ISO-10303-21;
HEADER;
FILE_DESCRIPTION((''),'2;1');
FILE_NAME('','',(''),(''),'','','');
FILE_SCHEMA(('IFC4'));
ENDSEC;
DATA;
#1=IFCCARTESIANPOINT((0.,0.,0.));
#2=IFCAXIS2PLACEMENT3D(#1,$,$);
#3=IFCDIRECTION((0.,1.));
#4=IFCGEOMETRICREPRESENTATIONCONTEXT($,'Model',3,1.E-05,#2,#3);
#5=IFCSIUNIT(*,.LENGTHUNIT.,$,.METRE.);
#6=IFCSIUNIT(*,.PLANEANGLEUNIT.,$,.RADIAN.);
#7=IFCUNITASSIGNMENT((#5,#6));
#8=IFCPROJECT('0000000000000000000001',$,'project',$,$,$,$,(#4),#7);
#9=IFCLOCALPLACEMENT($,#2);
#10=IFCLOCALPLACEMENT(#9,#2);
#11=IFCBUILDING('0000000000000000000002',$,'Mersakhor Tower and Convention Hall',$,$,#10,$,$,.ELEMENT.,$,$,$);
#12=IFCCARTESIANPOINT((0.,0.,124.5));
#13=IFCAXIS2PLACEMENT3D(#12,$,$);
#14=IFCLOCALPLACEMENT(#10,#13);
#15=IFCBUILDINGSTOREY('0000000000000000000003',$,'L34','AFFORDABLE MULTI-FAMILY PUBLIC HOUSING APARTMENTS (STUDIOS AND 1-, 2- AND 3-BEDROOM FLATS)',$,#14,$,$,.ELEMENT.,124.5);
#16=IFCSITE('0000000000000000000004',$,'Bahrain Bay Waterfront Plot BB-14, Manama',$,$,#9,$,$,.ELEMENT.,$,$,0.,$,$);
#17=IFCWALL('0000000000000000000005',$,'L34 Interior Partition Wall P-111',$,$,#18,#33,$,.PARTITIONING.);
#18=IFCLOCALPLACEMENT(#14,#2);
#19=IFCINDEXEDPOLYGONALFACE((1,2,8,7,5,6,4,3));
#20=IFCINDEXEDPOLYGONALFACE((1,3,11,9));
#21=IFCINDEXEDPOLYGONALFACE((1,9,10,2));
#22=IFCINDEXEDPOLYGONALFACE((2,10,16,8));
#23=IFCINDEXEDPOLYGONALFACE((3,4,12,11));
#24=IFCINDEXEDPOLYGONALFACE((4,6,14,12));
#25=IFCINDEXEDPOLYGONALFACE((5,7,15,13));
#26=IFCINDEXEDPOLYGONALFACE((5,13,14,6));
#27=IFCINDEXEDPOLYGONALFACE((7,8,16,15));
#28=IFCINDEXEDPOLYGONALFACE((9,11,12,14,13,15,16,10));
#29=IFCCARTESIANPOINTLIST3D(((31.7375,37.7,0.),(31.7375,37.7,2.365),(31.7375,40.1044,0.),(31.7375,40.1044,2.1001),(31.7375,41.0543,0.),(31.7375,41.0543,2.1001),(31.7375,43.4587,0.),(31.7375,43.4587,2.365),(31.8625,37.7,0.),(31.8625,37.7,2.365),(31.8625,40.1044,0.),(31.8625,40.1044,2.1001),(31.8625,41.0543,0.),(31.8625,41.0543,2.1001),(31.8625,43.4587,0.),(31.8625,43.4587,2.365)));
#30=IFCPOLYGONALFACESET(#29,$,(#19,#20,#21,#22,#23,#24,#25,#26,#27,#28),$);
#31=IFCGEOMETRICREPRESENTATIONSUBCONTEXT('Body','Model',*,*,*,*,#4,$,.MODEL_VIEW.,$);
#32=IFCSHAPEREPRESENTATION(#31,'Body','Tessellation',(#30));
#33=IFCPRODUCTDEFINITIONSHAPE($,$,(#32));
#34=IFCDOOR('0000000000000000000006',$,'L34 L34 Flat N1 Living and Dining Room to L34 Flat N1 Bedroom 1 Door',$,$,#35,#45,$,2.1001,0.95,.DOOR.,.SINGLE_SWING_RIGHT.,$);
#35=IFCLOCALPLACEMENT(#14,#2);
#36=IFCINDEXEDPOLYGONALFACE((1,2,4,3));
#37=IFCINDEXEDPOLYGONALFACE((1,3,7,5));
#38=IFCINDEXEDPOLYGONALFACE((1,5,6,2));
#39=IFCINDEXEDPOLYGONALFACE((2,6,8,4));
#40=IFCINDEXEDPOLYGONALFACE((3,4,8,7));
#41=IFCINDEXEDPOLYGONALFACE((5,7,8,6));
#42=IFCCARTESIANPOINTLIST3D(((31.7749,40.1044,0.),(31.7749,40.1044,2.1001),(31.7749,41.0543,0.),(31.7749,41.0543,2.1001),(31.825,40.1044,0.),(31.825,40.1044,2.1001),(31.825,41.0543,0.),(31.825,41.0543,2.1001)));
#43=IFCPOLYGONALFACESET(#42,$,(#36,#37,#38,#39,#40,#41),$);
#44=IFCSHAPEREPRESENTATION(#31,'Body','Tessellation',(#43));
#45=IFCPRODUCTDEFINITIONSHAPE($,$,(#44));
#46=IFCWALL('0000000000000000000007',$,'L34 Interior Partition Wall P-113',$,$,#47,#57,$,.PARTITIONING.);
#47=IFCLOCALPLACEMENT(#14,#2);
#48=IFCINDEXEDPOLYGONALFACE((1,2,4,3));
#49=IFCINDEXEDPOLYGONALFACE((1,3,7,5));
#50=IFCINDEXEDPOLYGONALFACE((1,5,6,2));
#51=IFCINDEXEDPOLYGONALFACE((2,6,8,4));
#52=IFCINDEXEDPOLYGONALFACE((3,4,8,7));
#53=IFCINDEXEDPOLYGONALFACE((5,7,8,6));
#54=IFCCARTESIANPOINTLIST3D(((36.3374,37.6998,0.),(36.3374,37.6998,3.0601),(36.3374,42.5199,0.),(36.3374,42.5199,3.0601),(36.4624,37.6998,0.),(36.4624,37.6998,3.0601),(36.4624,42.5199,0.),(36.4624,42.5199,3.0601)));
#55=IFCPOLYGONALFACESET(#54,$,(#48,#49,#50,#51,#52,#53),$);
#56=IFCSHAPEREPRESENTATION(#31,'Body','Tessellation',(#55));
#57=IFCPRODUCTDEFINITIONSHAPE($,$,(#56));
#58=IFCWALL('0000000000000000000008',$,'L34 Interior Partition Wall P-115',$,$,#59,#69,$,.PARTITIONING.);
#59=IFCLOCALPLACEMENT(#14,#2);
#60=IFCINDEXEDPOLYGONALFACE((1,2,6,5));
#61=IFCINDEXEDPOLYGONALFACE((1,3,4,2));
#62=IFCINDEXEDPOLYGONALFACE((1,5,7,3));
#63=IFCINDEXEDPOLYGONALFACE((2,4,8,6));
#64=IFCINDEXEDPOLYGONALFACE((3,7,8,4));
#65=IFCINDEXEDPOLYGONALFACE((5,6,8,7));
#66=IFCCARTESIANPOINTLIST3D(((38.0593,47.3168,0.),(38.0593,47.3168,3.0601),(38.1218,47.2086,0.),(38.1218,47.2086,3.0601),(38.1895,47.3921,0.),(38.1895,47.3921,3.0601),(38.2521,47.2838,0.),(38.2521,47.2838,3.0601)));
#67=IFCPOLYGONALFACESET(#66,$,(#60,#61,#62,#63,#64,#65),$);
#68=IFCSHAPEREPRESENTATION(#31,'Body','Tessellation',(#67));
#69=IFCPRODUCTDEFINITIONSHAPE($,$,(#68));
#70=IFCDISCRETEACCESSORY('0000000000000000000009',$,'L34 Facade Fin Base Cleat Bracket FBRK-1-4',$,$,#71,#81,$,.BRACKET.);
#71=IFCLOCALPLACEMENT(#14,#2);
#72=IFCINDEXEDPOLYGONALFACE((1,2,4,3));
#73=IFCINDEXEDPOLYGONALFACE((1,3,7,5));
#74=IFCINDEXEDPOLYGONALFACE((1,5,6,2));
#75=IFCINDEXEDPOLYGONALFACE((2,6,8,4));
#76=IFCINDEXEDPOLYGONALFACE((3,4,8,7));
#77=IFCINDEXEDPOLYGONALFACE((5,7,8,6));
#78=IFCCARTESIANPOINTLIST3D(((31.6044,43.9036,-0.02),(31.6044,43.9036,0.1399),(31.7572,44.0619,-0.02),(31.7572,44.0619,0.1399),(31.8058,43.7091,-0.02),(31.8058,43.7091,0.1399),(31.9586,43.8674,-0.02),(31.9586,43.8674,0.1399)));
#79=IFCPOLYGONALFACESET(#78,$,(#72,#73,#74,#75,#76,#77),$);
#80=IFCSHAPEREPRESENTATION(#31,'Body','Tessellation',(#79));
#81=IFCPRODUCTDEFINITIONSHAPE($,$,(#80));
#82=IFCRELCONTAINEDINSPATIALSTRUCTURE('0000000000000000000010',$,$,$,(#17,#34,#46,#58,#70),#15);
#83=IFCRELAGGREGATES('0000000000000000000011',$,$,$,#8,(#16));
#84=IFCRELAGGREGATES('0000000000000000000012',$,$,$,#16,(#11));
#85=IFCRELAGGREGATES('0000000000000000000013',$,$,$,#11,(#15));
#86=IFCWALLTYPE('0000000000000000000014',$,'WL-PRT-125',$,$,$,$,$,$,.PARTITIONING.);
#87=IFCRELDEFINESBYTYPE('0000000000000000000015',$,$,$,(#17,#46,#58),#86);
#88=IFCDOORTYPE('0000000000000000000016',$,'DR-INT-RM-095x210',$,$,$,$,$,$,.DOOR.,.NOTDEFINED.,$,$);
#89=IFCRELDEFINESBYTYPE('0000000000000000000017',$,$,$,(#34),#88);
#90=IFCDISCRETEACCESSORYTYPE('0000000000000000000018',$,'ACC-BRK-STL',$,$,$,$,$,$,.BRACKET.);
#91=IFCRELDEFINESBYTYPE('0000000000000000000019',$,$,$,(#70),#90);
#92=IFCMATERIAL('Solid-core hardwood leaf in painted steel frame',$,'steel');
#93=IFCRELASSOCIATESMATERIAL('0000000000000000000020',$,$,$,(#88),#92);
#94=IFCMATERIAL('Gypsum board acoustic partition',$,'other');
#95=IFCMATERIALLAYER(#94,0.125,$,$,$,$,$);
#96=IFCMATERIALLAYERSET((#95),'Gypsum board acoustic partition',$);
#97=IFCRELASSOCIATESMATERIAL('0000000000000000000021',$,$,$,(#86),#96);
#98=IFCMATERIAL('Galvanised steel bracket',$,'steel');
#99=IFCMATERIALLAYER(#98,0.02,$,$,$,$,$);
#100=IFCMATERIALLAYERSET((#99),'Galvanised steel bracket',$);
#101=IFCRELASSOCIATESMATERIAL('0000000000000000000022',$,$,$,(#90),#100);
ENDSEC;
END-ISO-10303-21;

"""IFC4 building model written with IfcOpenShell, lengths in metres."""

from ifc_helpers import new_model, si_unit, direction, frame, frame_2d, origin, origin_2d, place, context, subcontext, project, spatial, rectangle, extrude, material, layer, layer_set, type_object, element, fill, save


model = new_model("IFC4")

# Units and contexts
model_context = context("Model", 3, precision=1e-05, world=origin(), true_north=direction((0.0, 1.0)))
body_context = subcontext(model_context, "Body", "Model", "MODEL_VIEW")
ifc_project = project(units=[si_unit("LENGTHUNIT", "METRE"), si_unit("PLANEANGLEUNIT", "RADIAN")], contexts=[model_context])

# Site, building, storey
site_placement = place(None, origin())
site = spatial("IfcSite", under=ifc_project, at=site_placement, Name="Bahrain Bay Waterfront Plot BB-14, Manama", CompositionType="ELEMENT", RefElevation=0.0)
building_placement = place(site_placement, origin())
building = spatial("IfcBuilding", under=site, at=building_placement, Name="Mersakhor Tower and Convention Hall", CompositionType="ELEMENT")
storey_placement = place(building_placement, frame((0.0, 0.0, 124.5)))
storey = spatial("IfcBuildingStorey", under=building, at=storey_placement, Name="L34", Description="AFFORDABLE MULTI-FAMILY PUBLIC HOUSING APARTMENTS (STUDIOS AND 1-, 2- AND 3-BEDROOM FLATS)", CompositionType="ELEMENT", Elevation=124.5)

# Wall, opening, door
ifc_material_1 = material(Name="Solid-core hardwood leaf in painted steel frame", Category="steel")
door_type_1 = type_object("IfcDoorType", Name="DR-INT-RM-095x210", OperationType="NOTDEFINED", PredefinedType="DOOR", material=ifc_material_1)
ifc_material_2 = material(Name="Gypsum board acoustic partition", Category="other")
ifc_layer_1 = layer(ifc_material_2, 0.125)
ifc_layer_set_1 = layer_set([ifc_layer_1], Name="Gypsum board acoustic partition")
wall_type_1 = type_object("IfcWallType", Name="WL-PRT-125", PredefinedType="PARTITIONING", material=ifc_layer_set_1)
wall_1_placement = place(storey_placement, frame((31.8, 43.4587, 0.0), z_axis=(0.0, 0.0, 1.0), x_axis=(0.0, -1.0, 0.0)))
wall_1 = element("IfcWall", 1, at=wall_1_placement, inside=storey, type_object=wall_type_1, Name="L34 Interior Partition Wall P-111", PredefinedType="PARTITIONING", context=body_context, shape_type="SweptSolid", body=[
    extrude(rectangle(XDim=5.7588, YDim=0.125, at=frame_2d((2.8794, 0.0))), origin(), (0.0, 0.0, 1.0), 2.365),
])
opening_1_placement = place(wall_1_placement, frame((2.4043, 0.0, 0.0)))
opening_1 = element("IfcOpeningElement", 2, at=opening_1_placement, cuts=wall_1, PredefinedType="OPENING", context=body_context, shape_type="SweptSolid", body=[
    extrude(rectangle(XDim=0.95, YDim=2.1001, at=frame_2d((0.4751, 1.05))), frame((0.0, 0.0725, 0.0), z_axis=(0.0, -1.0, 0.0), x_axis=(1.0, 0.0, 0.0)), (0.0, 0.0, 1.0), 0.145),
])
door_1_placement = place(opening_1_placement, origin())
door_1 = element("IfcDoor", 3, at=door_1_placement, inside=storey, type_object=door_type_1, Name="L34 L34 Flat N1 Living and Dining Room to L34 Flat N1 Bedroom 1 Door", OperationType="SINGLE_SWING_RIGHT", OverallHeight=2.1001, OverallWidth=0.95, PredefinedType="DOOR", context=body_context, shape_type="SweptSolid", body=[
    extrude(rectangle(XDim=0.95, YDim=2.1001, at=frame_2d((0.4751, 1.05))), frame((0.0, 0.0249, 0.0), z_axis=(0.0, -1.0, 0.0), x_axis=(1.0, 0.0, 0.0)), (0.0, 0.0, 1.0), 0.05),
])
fill(opening_1, door_1)

# Walls
wall_2_placement = place(storey_placement, frame((36.3999, 42.52, 0.0), z_axis=(0.0, 0.0, 1.0), x_axis=(0.0, -1.0, 0.0)))
element("IfcWall", 4, at=wall_2_placement, inside=storey, type_object=wall_type_1, Name="L34 Interior Partition Wall P-113", PredefinedType="PARTITIONING", context=body_context, shape_type="SweptSolid", body=[
    extrude(rectangle(XDim=4.8201, YDim=0.125, at=frame_2d((2.4102, 0.0))), origin(), (0.0, 0.0, 1.0), 3.0601),
])
wall_3_placement = place(storey_placement, frame((38.0906, 47.2627, 0.0), z_axis=(0.0, 0.0, 1.0), x_axis=(0.865834, 0.500332, 0.0)))
element("IfcWall", 5, at=wall_3_placement, inside=storey, type_object=wall_type_1, Name="L34 Interior Partition Wall P-115", PredefinedType="PARTITIONING", context=body_context, shape_type="SweptSolid", body=[
    extrude(rectangle(XDim=0.1504, YDim=0.125, at=frame_2d((0.0752, 0.0))), origin(), (0.0, 0.0, 1.0), 3.0601),
])

# Discrete accessory
ifc_material_3 = material(Name="Galvanised steel bracket", Category="steel")
ifc_layer_2 = layer(ifc_material_3, 0.02)
ifc_layer_set_2 = layer_set([ifc_layer_2], Name="Galvanised steel bracket")
discrete_accessory_type = type_object("IfcDiscreteAccessoryType", Name="ACC-BRK-STL", PredefinedType="BRACKET", material=ifc_layer_set_2)
discrete_accessory_placement = place(storey_placement, frame((31.7815, 43.8855, -0.02), z_axis=(0.0, 0.0, 1.0), x_axis=(-0.71934, 0.694658, 0.0)))
element("IfcDiscreteAccessory", 6, at=discrete_accessory_placement, inside=storey, type_object=discrete_accessory_type, Name="L34 Facade Fin Base Cleat Bracket FBRK-1-4", PredefinedType="BRACKET", context=body_context, shape_type="SweptSolid", body=[
    extrude(rectangle(XDim=0.28, YDim=0.22, at=origin_2d()), origin(), (0.0, 0.0, 1.0), 0.1599),
])

save(model, "model.ifc")
